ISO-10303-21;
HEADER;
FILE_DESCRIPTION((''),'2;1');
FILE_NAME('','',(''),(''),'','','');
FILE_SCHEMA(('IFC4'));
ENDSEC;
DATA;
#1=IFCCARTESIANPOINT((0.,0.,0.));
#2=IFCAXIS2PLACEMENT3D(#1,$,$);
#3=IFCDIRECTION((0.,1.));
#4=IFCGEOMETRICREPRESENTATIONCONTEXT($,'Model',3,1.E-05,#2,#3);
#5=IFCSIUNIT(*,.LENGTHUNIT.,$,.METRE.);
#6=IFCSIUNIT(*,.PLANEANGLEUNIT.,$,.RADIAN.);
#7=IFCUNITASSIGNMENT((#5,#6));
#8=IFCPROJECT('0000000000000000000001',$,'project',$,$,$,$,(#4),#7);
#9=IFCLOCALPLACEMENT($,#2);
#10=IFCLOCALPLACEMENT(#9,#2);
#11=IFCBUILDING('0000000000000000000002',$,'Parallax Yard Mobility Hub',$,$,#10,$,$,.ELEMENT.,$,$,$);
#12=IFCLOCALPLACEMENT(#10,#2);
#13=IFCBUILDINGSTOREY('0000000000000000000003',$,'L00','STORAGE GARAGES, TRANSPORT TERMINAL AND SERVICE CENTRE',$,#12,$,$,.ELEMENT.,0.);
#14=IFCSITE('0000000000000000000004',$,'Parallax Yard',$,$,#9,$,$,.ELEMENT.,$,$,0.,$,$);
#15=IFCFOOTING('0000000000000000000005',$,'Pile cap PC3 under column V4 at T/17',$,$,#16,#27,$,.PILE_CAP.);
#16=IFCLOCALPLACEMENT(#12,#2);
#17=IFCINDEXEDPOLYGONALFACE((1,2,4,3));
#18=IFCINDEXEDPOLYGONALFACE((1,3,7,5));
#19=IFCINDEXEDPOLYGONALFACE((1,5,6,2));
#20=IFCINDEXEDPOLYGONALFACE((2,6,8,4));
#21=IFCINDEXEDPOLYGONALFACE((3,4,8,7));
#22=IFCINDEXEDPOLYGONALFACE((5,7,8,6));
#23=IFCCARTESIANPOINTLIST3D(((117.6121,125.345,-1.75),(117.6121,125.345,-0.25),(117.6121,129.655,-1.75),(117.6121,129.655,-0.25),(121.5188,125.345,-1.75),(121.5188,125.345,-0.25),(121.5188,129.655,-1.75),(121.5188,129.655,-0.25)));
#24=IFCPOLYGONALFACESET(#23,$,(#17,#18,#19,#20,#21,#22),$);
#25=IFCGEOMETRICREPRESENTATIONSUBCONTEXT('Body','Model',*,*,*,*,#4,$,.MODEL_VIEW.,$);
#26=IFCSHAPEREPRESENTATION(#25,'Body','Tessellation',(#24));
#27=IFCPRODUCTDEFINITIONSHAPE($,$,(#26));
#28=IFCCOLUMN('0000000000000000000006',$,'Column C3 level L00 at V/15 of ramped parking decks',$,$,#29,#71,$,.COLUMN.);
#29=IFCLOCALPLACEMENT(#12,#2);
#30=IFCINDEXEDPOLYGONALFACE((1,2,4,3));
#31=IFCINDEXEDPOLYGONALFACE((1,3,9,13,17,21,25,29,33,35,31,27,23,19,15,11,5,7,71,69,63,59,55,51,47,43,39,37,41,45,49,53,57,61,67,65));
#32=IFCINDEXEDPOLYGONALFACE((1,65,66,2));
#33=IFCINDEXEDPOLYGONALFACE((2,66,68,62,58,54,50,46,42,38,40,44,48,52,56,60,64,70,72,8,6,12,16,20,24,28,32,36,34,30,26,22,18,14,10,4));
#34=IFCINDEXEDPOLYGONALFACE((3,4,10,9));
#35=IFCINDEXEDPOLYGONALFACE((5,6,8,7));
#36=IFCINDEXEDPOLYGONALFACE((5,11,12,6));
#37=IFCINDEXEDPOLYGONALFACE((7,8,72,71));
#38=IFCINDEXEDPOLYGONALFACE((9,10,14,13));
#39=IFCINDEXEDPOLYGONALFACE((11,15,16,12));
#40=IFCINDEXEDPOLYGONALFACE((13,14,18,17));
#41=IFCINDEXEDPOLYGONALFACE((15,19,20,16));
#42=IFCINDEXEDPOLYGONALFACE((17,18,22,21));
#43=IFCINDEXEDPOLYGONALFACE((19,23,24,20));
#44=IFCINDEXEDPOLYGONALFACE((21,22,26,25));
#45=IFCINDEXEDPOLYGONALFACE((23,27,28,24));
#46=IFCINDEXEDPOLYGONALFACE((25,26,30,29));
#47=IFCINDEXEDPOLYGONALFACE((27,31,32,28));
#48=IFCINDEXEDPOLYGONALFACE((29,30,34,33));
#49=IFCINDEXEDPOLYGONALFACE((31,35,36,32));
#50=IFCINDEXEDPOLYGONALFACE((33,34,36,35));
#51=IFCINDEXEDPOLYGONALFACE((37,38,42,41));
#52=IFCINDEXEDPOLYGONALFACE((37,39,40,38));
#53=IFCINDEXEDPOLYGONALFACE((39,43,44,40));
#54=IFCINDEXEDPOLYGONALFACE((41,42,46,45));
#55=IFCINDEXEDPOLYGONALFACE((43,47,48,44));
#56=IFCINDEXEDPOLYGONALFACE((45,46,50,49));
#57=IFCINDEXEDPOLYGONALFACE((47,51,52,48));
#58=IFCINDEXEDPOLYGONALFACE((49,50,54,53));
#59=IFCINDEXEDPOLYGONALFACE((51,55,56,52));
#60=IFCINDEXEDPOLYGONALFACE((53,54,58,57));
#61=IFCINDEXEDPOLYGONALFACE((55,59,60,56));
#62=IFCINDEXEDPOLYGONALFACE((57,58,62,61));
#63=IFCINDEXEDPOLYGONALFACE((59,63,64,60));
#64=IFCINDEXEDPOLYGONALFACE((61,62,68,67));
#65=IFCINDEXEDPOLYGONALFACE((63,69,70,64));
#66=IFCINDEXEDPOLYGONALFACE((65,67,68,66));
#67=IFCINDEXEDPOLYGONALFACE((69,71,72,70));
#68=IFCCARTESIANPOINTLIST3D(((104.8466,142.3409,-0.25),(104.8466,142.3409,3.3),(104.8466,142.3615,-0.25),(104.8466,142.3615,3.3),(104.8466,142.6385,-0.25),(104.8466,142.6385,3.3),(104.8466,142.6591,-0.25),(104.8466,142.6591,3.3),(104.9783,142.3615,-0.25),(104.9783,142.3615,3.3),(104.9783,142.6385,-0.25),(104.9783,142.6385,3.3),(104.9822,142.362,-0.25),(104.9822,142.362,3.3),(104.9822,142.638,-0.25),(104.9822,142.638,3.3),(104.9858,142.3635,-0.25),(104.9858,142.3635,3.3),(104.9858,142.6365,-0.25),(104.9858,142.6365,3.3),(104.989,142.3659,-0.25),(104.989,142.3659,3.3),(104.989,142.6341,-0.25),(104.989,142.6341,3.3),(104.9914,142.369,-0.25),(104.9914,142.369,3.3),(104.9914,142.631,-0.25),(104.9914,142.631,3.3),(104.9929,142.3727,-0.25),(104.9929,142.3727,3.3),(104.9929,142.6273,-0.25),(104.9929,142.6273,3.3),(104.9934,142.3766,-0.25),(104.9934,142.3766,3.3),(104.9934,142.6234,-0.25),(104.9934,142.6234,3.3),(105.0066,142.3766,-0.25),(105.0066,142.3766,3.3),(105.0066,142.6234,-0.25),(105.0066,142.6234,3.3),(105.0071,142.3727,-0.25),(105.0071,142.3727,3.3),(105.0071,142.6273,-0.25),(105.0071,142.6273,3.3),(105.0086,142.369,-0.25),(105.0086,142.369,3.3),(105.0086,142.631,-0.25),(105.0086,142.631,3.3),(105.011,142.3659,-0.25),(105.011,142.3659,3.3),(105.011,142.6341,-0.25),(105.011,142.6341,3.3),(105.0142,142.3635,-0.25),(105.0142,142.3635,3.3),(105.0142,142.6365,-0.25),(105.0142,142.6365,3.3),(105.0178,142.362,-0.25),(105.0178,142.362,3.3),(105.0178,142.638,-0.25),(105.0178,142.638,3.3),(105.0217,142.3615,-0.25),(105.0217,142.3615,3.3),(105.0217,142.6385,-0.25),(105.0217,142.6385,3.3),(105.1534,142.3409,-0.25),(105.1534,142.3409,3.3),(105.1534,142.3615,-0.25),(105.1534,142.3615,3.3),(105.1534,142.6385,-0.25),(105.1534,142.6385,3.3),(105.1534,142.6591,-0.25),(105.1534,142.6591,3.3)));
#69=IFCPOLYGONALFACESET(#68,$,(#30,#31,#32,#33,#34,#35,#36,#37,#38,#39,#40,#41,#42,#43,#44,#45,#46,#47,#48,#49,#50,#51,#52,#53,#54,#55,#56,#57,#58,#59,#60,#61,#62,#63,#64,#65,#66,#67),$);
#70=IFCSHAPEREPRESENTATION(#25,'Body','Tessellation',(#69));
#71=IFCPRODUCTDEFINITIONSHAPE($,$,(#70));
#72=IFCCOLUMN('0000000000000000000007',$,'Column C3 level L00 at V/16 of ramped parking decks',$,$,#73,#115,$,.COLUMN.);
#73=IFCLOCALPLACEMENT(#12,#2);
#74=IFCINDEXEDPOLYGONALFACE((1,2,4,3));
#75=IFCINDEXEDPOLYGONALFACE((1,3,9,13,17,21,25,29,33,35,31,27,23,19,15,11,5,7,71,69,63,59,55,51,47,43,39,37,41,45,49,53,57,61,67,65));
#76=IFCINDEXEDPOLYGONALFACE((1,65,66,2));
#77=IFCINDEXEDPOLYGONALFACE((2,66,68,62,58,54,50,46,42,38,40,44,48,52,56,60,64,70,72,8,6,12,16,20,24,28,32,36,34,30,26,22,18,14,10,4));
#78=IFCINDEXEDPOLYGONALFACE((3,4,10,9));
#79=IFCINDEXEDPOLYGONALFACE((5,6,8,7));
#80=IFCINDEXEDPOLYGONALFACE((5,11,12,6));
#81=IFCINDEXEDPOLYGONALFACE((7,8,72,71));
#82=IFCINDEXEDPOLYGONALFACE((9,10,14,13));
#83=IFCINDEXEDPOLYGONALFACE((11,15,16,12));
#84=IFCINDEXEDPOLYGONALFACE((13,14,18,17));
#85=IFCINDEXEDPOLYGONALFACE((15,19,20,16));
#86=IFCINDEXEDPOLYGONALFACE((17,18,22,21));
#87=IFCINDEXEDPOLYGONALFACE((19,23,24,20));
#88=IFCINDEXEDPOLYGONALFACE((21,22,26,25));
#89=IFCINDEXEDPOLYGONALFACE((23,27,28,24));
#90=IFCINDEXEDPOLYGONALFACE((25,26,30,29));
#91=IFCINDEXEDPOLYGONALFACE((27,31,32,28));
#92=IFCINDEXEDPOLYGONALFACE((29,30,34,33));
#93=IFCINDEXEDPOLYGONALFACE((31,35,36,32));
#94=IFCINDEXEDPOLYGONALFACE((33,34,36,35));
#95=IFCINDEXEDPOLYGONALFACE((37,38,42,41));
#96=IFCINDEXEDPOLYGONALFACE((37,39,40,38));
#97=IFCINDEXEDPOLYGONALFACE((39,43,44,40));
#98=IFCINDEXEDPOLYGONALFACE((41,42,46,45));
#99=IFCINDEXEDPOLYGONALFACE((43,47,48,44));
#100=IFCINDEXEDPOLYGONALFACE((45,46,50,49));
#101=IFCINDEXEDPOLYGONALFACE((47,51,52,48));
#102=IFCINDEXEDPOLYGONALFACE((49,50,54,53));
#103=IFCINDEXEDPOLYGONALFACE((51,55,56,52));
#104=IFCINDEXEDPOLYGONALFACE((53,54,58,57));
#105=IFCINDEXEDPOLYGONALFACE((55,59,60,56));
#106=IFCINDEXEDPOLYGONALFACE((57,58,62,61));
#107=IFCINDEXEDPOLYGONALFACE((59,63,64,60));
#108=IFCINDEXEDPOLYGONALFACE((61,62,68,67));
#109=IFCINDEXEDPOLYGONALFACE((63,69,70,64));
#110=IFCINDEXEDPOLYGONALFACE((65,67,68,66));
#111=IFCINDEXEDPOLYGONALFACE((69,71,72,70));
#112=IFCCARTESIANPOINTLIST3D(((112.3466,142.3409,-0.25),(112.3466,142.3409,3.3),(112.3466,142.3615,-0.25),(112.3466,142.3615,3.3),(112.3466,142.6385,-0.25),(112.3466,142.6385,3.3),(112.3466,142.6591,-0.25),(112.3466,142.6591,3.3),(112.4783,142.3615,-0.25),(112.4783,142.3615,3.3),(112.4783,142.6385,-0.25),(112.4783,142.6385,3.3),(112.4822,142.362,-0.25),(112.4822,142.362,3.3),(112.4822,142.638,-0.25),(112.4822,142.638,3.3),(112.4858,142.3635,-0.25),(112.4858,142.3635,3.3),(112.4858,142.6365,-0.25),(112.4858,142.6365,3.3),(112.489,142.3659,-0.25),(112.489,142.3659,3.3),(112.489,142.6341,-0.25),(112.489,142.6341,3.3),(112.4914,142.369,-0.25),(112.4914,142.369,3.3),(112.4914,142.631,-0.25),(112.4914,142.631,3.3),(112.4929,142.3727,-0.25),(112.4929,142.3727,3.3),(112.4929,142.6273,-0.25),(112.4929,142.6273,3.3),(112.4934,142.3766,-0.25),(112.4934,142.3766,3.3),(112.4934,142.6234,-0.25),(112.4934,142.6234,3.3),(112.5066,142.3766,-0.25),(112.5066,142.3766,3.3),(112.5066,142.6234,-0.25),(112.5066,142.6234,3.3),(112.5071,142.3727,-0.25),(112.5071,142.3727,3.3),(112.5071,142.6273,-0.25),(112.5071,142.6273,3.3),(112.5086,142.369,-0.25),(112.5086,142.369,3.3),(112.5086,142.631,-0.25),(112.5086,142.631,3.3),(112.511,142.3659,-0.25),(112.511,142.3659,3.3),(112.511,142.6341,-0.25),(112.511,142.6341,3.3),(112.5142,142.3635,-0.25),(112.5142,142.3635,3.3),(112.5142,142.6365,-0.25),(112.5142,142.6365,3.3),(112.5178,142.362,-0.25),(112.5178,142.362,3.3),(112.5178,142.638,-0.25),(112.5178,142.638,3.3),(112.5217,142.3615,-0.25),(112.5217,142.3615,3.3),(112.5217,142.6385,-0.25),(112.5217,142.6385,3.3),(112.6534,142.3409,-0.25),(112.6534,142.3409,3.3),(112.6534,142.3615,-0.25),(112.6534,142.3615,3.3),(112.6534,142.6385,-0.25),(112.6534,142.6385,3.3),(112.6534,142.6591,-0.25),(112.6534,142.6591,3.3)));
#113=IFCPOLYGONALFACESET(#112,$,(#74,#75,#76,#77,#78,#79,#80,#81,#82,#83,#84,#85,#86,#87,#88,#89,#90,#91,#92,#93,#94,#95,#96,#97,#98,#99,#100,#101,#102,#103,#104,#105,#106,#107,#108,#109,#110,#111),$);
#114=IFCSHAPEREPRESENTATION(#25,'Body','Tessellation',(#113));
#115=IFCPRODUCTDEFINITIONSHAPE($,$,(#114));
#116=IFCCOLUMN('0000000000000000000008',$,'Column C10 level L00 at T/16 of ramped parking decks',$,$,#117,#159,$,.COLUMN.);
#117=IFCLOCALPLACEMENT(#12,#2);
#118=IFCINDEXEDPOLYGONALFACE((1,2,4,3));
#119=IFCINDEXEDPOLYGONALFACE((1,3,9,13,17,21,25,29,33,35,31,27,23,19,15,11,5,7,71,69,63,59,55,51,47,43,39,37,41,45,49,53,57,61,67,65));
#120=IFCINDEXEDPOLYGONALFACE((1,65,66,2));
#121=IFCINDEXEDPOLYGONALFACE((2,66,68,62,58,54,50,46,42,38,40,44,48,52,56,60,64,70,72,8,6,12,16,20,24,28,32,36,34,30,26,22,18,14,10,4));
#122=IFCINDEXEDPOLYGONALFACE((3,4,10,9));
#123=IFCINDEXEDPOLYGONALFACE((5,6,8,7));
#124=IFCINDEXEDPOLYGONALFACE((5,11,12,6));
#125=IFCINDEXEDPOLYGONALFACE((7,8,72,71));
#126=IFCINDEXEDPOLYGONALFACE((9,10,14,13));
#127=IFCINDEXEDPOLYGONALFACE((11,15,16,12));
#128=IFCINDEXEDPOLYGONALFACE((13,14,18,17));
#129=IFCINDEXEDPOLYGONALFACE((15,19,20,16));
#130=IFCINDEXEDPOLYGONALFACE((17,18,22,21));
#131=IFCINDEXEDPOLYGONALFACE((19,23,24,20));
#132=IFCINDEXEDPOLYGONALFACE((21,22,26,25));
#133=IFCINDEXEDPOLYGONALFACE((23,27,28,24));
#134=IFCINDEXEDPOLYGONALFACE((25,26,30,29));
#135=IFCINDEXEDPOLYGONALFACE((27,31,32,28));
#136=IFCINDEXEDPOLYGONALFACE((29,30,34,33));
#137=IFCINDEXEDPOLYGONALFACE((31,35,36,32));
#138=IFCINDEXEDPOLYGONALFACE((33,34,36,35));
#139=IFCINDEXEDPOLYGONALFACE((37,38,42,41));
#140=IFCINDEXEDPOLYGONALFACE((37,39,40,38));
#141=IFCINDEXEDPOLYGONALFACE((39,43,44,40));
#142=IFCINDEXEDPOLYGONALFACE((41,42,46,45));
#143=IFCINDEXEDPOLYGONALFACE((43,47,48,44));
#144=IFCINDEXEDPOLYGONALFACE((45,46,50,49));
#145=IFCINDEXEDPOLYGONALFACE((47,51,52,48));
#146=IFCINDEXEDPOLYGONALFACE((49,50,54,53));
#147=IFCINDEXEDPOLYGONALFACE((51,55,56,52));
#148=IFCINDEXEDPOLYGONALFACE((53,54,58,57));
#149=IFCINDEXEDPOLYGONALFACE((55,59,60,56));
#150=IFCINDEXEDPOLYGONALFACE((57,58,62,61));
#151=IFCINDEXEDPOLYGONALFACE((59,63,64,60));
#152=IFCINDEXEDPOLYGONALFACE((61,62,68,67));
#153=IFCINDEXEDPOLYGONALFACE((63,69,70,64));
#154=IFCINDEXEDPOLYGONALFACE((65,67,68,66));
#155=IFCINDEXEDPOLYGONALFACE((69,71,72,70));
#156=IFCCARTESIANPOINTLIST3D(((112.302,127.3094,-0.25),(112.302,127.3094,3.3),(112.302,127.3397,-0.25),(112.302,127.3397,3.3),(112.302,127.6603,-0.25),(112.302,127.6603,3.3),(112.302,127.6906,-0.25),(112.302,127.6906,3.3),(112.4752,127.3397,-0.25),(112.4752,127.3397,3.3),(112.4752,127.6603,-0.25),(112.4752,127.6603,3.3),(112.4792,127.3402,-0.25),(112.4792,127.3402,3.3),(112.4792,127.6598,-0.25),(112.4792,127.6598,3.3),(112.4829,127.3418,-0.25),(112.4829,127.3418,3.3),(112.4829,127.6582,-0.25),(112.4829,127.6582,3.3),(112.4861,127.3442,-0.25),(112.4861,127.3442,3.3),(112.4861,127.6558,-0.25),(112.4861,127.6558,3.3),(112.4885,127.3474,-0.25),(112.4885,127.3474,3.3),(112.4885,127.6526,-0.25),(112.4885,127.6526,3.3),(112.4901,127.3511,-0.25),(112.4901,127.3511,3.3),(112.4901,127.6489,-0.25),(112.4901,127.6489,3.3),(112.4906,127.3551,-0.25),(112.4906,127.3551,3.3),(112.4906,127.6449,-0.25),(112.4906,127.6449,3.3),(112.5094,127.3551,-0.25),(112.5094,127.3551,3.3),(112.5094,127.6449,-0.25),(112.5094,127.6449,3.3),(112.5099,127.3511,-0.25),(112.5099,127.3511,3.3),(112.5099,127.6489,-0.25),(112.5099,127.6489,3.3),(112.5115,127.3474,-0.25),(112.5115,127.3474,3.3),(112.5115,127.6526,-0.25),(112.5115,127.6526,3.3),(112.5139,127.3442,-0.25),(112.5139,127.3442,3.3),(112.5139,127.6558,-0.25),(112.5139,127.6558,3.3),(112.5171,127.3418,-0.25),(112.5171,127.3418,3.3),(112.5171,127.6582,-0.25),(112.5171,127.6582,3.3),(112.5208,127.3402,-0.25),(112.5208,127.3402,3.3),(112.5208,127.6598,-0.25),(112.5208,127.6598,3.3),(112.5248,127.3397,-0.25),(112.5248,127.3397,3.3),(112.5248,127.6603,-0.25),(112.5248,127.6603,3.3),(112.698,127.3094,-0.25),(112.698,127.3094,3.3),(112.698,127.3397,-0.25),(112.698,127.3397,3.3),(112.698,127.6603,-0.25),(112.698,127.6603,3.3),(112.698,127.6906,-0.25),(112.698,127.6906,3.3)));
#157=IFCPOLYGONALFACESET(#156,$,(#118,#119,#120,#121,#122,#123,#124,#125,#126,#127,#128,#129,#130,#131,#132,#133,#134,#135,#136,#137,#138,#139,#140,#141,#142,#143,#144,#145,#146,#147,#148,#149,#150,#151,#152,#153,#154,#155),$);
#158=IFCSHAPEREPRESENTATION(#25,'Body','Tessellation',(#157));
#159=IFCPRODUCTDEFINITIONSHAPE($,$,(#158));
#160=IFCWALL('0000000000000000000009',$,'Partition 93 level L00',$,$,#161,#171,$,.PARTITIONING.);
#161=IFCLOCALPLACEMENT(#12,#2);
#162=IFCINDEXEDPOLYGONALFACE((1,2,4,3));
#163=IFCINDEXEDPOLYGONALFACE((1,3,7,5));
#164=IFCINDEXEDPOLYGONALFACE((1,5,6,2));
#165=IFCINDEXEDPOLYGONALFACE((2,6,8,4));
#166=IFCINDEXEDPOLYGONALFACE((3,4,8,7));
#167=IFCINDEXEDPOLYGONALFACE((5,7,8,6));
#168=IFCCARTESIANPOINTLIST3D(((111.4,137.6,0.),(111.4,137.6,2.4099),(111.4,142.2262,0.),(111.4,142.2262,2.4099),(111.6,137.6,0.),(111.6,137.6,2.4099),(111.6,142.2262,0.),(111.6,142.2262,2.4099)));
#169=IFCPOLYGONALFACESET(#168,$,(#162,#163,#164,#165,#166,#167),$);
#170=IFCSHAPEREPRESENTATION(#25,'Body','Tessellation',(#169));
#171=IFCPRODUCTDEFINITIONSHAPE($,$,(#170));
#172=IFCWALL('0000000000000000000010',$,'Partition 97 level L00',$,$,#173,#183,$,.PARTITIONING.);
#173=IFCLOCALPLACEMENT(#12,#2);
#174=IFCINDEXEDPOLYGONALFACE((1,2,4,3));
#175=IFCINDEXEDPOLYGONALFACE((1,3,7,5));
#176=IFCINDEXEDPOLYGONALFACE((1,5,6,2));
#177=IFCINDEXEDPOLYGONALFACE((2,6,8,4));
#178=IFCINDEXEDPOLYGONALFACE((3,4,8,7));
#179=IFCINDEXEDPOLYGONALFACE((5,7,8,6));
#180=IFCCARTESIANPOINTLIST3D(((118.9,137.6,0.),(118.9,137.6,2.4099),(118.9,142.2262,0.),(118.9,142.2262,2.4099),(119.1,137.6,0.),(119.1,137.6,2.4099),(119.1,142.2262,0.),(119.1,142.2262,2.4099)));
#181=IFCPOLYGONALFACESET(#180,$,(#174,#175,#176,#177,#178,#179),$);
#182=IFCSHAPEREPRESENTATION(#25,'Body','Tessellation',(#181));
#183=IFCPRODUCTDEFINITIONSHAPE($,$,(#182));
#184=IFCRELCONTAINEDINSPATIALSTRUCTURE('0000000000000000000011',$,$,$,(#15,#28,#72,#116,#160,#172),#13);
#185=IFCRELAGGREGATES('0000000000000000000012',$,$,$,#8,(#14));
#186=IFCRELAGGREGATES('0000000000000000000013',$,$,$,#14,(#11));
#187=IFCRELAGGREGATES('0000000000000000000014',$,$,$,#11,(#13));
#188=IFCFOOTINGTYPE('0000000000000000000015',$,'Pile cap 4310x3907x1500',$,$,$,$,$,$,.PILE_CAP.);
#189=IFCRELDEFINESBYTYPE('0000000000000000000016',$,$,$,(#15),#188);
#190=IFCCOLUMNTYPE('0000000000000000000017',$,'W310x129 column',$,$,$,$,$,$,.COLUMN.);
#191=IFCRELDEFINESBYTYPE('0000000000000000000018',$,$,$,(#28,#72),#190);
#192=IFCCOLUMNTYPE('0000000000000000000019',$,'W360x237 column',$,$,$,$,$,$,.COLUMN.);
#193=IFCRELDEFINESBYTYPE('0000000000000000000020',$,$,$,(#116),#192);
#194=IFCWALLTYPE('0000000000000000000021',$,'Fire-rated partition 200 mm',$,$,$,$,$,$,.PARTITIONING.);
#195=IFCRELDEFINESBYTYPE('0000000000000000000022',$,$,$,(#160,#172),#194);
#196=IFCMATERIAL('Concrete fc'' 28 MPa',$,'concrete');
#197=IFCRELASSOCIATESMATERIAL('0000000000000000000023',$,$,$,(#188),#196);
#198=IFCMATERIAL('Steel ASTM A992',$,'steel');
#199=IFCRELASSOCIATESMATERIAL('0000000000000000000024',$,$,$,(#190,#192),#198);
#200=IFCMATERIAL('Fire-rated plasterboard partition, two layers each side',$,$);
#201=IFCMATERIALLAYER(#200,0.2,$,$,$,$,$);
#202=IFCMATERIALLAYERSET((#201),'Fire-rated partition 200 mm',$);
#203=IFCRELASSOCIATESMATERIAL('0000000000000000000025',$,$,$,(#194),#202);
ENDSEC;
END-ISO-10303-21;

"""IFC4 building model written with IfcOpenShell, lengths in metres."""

from ifc_helpers import new_model, si_unit, direction, frame, frame_2d, origin, origin_2d, place, context, subcontext, project, spatial, rectangle, i_section, extrude, material, layer, layer_set, material_profile, profile_set, type_object, element, save


model = new_model("IFC4")

# Units and contexts
model_context = context("Model", 3, precision=1e-05, world=origin(), true_north=direction((0.0, 1.0)))
body_context = subcontext(model_context, "Body", "Model", "MODEL_VIEW")
ifc_project = project(units=[si_unit("LENGTHUNIT", "METRE"), si_unit("PLANEANGLEUNIT", "RADIAN")], contexts=[model_context])

# Site, building, storey
site_placement = place(None, origin())
site = spatial("IfcSite", under=ifc_project, at=site_placement, Name="Parallax Yard", CompositionType="ELEMENT", RefElevation=0.0)
building_placement = place(site_placement, origin())
building = spatial("IfcBuilding", under=site, at=building_placement, Name="Parallax Yard Mobility Hub", CompositionType="ELEMENT")
storey_placement = place(building_placement, origin())
storey = spatial("IfcBuildingStorey", under=building, at=storey_placement, Name="L00", Description="STORAGE GARAGES, TRANSPORT TERMINAL AND SERVICE CENTRE", CompositionType="ELEMENT", Elevation=0.0)

# Shared definitions
ifc_material_1 = material(Name="Concrete fc' 28 MPa", Category="concrete")

# Footing
footing_type_1 = type_object("IfcFootingType", Name="Pile cap 4310x3907x1500", PredefinedType="PILE_CAP", material=ifc_material_1)
for number, where, z_axis, x_axis, name in (
    (1, (119.5654, 127.5, -1.75), (0.0, 0.0, 1.0), (0.0, 1.0, 0.0), "Pile cap PC3 under column V4 at T/17"),
):
    element("IfcFooting", number, at=place(storey_placement, frame(where, z_axis=z_axis, x_axis=x_axis)), inside=storey, type_object=footing_type_1, Name=name, PredefinedType="PILE_CAP", context=body_context, shape_type="SweptSolid", body=[
        extrude(rectangle(XDim=4.3101, YDim=3.9067, at=origin_2d()), origin(), (0.0, 0.0, 1.0), 1.5),
    ])

# Columns
ifc_material_2 = material(Name="Steel ASTM A992", Category="steel")
ifc_material_profile_1 = material_profile(ifc_material_2, i_section(OverallWidth=0.3069, OverallDepth=0.3181, WebThickness=0.0132, FlangeThickness=0.0205, FilletRadius=0.0151, at=origin_2d()), Name="W310x129")
ifc_profile_set_1 = profile_set([ifc_material_profile_1], Name="Steel ASTM A992")
column_type_1 = type_object("IfcColumnType", Name="W310x129 column", PredefinedType="COLUMN", material=ifc_profile_set_1)
for number, where, z_axis, x_axis, name in (
    (2, (105.0, 142.5, -0.25), (0.0, 0.0, 1.0), (1.0, 0.0, 0.0), "Column C3 level L00 at V/15 of ramped parking decks"),
    (3, (112.5, 142.5, -0.25), (0.0, 0.0, 1.0), (1.0, 0.0, 0.0), "Column C3 level L00 at V/16 of ramped parking decks"),
):
    element("IfcColumn", number, at=place(storey_placement, frame(where, z_axis=z_axis, x_axis=x_axis)), inside=storey, type_object=column_type_1, Name=name, PredefinedType="COLUMN", context=body_context, shape_type="SweptSolid", body=[
        extrude(i_section(OverallWidth=0.3069, OverallDepth=0.3181, WebThickness=0.0132, FlangeThickness=0.0205, FilletRadius=0.0151, at=origin_2d()), origin(), (0.0, 0.0, 1.0), 3.55),
    ])
ifc_material_profile_2 = material_profile(ifc_material_2, i_section(OverallWidth=0.396, OverallDepth=0.3811, WebThickness=0.0188, FlangeThickness=0.0303, FilletRadius=0.0154, at=origin_2d()), Name="W360x237")
ifc_profile_set_2 = profile_set([ifc_material_profile_2], Name="Steel ASTM A992")
column_type_2 = type_object("IfcColumnType", Name="W360x237 column", PredefinedType="COLUMN", material=ifc_profile_set_2)
column_placement = place(storey_placement, frame((112.5, 127.5, -0.25), z_axis=(0.0, 0.0, 1.0), x_axis=(1.0, 0.0, 0.0)))
element("IfcColumn", 4, at=column_placement, inside=storey, type_object=column_type_2, Name="Column C10 level L00 at T/16 of ramped parking decks", PredefinedType="COLUMN", context=body_context, shape_type="SweptSolid", body=[
    extrude(i_section(OverallWidth=0.396, OverallDepth=0.3811, WebThickness=0.0188, FlangeThickness=0.0303, FilletRadius=0.0154, at=origin_2d()), origin(), (0.0, 0.0, 1.0), 3.55),
])

# Walls
ifc_material_3 = material(Name="Fire-rated plasterboard partition, two layers each side")
ifc_layer_1 = layer(ifc_material_3, 0.2)
ifc_layer_set_1 = layer_set([ifc_layer_1], Name="Fire-rated partition 200 mm")
wall_type_1 = type_object("IfcWallType", Name="Fire-rated partition 200 mm", PredefinedType="PARTITIONING", material=ifc_layer_set_1)
for number, where, z_axis, x_axis, name in (
    (5, (111.5, 137.6001, 0.0), (0.0, 0.0, 1.0), (0.0, 1.0, 0.0), "Partition 93 level L00"),
    (6, (119.0, 137.6001, 0.0), (0.0, 0.0, 1.0), (0.0, 1.0, 0.0), "Partition 97 level L00"),
):
    element("IfcWall", number, at=place(storey_placement, frame(where, z_axis=z_axis, x_axis=x_axis)), inside=storey, type_object=wall_type_1, Name=name, PredefinedType="PARTITIONING", context=body_context, shape_type="SweptSolid", body=[
        extrude(rectangle(XDim=4.6262, YDim=0.2, at=frame_2d((2.313, 0.0))), origin(), (0.0, 0.0, 1.0), 2.4099),
    ])

save(model, "model.ifc")
